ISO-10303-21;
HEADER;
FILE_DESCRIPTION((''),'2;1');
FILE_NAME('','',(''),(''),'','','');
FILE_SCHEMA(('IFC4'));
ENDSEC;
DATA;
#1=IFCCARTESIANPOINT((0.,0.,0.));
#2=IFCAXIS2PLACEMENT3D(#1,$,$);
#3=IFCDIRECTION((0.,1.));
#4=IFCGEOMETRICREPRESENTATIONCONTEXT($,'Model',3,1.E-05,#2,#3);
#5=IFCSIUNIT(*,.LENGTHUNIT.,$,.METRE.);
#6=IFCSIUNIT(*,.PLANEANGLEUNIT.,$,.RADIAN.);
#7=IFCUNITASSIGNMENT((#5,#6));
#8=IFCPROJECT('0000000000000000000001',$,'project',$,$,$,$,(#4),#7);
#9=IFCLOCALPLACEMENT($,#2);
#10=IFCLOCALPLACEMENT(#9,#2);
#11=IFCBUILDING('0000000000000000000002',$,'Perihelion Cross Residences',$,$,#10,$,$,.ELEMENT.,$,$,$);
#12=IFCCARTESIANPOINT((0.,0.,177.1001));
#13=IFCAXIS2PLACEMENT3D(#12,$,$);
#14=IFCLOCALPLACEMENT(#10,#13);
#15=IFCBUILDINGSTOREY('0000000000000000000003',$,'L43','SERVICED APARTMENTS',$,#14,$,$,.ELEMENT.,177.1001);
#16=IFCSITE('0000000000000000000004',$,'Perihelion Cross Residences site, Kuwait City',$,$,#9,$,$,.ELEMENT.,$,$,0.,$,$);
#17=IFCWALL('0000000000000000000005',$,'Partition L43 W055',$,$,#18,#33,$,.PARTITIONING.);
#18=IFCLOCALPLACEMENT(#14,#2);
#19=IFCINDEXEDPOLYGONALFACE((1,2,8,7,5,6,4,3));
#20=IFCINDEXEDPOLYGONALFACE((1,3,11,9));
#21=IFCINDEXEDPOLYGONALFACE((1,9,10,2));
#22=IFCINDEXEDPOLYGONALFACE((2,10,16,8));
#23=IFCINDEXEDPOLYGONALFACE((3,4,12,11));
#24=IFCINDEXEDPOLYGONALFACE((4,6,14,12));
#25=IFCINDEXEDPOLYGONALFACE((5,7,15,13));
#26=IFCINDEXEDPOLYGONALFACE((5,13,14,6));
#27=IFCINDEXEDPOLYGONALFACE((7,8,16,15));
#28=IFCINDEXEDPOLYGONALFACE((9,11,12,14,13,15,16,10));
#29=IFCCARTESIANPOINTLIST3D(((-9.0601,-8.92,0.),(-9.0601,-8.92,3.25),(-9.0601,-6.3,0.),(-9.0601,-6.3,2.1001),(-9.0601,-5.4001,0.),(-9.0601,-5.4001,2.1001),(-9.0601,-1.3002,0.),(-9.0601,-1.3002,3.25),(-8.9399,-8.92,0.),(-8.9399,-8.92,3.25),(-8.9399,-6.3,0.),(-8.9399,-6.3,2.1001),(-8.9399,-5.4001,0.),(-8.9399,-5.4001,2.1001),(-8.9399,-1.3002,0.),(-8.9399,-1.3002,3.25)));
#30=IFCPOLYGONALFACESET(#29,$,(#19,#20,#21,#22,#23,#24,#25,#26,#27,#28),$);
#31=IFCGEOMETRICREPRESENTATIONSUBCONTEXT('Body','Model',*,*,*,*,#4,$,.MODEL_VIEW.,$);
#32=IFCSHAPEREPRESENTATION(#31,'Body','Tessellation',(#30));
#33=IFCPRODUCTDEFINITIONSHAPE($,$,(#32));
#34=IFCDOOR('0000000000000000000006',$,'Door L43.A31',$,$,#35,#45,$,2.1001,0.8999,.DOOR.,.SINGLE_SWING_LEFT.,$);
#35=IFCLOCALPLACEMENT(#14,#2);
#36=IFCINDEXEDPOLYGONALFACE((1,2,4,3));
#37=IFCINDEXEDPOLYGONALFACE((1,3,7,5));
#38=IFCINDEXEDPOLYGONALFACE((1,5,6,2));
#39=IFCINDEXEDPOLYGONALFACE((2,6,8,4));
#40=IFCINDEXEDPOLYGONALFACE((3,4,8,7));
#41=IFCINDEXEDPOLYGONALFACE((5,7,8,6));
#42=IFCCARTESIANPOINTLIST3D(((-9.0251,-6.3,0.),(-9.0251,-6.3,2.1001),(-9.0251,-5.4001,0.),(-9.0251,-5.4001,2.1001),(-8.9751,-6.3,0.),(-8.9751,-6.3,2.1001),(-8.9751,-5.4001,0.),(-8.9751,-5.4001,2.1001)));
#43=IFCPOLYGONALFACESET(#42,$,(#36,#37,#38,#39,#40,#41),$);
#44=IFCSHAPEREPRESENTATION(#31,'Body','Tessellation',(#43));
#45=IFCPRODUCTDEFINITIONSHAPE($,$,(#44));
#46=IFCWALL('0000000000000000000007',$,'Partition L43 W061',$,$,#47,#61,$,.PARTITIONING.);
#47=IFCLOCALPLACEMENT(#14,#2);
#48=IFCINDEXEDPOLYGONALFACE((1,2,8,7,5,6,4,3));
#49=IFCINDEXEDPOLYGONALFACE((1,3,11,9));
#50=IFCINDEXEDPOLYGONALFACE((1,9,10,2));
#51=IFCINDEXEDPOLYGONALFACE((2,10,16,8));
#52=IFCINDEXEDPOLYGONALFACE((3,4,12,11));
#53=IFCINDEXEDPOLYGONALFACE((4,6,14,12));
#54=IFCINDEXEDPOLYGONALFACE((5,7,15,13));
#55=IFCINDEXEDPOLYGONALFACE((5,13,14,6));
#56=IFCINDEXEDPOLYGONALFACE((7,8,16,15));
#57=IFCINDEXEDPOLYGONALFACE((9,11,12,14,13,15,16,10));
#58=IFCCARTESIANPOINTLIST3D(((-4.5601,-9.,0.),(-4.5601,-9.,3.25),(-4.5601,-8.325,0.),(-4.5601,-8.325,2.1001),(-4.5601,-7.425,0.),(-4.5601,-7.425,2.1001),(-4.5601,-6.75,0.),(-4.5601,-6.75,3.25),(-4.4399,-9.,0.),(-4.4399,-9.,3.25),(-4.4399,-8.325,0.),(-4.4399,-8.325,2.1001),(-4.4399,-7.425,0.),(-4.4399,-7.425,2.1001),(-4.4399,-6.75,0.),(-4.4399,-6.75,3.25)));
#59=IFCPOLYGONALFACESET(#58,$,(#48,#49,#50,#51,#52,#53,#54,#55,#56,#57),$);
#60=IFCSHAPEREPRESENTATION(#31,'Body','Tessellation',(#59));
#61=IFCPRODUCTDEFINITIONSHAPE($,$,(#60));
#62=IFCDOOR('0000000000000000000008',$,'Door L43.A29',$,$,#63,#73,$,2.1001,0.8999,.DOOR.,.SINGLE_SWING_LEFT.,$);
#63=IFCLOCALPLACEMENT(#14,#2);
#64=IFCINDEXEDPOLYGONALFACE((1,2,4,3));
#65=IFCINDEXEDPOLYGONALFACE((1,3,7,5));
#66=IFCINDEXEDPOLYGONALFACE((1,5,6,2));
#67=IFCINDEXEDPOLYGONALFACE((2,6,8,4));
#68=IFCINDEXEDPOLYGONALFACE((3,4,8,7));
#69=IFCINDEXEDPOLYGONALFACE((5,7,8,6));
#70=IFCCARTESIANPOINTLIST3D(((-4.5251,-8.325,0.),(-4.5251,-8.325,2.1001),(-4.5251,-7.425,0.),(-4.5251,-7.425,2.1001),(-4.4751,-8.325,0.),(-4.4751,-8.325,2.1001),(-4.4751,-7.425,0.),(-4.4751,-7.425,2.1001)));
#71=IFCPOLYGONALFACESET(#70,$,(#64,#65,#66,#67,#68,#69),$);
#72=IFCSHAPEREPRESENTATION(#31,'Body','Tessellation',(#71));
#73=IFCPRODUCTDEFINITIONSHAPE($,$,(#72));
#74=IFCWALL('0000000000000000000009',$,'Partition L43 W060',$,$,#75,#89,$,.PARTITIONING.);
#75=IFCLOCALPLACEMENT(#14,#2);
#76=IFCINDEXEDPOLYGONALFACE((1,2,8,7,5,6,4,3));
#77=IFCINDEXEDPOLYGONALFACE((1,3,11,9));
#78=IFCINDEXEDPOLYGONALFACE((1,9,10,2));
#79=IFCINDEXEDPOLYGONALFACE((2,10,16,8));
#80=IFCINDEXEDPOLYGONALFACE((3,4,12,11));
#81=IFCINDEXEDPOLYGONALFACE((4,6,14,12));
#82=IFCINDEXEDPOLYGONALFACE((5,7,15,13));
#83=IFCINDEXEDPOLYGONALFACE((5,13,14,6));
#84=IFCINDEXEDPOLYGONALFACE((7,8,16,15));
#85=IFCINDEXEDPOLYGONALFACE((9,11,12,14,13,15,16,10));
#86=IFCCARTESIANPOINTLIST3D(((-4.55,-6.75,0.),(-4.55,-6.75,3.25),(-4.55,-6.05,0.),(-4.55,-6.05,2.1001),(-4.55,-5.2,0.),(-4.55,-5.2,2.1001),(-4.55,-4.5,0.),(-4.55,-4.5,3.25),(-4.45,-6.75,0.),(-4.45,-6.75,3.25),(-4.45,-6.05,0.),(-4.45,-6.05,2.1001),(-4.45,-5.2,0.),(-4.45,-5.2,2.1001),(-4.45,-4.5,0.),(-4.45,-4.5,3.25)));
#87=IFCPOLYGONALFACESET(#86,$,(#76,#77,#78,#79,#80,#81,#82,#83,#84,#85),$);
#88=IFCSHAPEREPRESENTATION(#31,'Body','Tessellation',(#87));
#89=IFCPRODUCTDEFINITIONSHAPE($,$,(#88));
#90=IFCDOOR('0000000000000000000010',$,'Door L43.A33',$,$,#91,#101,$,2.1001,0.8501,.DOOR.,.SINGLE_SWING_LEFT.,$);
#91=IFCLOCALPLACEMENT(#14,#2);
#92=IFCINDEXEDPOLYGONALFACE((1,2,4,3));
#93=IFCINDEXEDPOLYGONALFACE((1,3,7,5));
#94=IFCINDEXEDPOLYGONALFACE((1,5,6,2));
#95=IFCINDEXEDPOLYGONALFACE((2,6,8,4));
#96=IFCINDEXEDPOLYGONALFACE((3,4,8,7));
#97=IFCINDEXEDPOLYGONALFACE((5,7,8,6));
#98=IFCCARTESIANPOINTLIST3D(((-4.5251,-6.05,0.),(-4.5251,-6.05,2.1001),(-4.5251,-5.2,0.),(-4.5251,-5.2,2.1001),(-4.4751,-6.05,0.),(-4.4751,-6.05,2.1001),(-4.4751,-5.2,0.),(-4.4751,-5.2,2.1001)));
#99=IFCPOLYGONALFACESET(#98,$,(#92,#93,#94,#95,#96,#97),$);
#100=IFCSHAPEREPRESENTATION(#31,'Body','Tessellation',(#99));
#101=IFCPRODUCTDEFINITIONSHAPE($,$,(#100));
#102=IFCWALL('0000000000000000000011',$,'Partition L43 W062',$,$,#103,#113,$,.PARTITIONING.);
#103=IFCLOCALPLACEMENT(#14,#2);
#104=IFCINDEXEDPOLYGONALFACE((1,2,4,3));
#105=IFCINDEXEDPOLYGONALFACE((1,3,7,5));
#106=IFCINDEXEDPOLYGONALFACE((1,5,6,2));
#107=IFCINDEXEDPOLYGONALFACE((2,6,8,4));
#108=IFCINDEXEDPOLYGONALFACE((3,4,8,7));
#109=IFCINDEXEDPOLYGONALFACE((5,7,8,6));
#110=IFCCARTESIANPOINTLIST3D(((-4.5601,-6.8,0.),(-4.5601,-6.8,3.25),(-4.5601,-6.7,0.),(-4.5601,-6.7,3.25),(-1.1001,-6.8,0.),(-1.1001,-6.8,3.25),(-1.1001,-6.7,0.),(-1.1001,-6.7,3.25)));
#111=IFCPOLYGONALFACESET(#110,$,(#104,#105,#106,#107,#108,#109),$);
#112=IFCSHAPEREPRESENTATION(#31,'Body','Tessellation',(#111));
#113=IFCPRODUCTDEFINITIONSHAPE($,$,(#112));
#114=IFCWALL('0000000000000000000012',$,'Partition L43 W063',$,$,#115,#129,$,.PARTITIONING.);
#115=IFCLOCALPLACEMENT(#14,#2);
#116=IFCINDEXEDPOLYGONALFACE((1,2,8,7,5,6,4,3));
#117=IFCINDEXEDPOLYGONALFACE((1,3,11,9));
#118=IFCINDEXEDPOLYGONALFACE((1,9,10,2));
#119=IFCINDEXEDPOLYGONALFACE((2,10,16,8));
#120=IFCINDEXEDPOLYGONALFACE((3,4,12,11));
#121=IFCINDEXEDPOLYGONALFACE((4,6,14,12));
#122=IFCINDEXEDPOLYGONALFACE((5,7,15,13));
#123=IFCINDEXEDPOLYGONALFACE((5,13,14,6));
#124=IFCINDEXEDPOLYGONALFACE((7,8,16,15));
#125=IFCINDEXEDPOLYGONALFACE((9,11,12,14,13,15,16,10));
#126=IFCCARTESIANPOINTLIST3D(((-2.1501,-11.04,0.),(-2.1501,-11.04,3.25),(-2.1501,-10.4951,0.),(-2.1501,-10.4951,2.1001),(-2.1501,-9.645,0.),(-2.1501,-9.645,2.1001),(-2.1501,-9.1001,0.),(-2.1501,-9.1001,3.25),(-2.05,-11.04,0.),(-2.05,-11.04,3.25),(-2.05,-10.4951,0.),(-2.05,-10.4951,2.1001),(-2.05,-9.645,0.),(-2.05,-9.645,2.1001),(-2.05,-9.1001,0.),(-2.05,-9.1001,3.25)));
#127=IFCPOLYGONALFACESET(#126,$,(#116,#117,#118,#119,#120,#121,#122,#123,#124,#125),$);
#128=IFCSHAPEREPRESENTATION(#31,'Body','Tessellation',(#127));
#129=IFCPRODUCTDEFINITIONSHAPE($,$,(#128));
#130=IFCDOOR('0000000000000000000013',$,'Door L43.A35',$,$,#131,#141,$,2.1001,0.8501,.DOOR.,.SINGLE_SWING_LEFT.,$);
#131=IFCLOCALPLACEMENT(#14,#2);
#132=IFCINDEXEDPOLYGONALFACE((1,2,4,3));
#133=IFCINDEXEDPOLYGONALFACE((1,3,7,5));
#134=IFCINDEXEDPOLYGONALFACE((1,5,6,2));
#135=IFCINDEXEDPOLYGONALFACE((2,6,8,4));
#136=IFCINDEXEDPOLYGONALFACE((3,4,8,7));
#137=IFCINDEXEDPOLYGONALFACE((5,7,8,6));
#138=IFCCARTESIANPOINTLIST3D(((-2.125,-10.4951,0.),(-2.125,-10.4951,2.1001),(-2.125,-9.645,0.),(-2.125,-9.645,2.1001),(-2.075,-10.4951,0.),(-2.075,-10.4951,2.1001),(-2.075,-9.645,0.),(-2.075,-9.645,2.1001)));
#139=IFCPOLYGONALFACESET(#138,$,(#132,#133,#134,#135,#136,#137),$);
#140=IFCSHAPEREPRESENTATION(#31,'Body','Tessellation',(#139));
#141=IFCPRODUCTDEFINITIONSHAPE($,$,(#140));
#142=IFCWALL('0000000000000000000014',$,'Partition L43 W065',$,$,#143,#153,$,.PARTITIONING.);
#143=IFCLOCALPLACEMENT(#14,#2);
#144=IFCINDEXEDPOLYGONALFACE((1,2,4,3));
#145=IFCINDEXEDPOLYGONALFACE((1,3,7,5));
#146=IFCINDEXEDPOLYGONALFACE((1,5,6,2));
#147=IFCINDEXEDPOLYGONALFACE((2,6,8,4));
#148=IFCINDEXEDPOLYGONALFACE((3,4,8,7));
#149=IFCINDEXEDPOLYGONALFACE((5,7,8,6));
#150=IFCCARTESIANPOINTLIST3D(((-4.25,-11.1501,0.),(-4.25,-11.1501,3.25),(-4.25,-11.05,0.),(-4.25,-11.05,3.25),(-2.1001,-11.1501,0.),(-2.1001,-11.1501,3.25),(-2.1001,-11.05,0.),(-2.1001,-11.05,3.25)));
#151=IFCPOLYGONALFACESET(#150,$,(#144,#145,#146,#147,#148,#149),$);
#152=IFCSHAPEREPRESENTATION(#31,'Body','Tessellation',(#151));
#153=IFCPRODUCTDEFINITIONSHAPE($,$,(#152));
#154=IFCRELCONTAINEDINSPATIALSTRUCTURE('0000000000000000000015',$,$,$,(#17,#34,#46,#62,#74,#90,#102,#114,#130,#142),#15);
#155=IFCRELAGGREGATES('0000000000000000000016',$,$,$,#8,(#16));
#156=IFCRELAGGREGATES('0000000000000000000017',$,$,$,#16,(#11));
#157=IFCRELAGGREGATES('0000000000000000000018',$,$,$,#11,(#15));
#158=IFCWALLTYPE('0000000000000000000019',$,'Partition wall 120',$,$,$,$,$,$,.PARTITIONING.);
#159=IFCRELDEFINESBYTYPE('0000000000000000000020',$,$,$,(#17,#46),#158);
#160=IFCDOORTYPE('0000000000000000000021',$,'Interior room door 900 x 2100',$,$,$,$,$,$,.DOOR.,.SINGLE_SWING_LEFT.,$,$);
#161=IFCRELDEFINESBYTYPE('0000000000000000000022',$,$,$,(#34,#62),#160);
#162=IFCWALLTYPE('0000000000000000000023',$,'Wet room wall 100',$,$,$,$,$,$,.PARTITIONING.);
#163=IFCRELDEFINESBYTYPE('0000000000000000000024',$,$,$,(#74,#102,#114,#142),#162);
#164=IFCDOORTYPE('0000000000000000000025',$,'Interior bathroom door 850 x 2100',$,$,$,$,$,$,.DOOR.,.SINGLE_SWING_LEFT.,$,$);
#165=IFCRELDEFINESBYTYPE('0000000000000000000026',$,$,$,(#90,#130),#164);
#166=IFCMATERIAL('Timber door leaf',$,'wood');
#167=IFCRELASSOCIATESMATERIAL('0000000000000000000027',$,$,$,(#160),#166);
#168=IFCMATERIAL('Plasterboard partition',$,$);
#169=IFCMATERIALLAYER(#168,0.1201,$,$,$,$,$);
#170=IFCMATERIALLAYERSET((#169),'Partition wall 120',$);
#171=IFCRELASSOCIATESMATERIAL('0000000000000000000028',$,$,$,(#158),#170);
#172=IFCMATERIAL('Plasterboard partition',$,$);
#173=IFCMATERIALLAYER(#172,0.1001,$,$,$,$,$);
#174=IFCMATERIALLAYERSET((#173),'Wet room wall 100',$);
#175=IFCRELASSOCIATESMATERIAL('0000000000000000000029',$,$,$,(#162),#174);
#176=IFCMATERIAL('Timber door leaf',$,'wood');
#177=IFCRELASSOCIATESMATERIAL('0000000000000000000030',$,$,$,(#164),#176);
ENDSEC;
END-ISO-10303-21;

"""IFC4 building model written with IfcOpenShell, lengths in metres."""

from ifc_helpers import new_model, si_unit, direction, frame, frame_2d, origin, place, context, subcontext, project, spatial, rectangle, extrude, material, layer, layer_set, type_object, element, fill, save


model = new_model("IFC4")

# Units and contexts
model_context = context("Model", 3, precision=1e-05, world=origin(), true_north=direction((0.0, 1.0)))
body_context = subcontext(model_context, "Body", "Model", "MODEL_VIEW")
ifc_project = project(units=[si_unit("LENGTHUNIT", "METRE"), si_unit("PLANEANGLEUNIT", "RADIAN")], contexts=[model_context])

# Site, building, storey
site_placement = place(None, origin())
site = spatial("IfcSite", under=ifc_project, at=site_placement, Name="Perihelion Cross Residences site, Kuwait City", CompositionType="ELEMENT", RefElevation=0.0)
building_placement = place(site_placement, origin())
building = spatial("IfcBuilding", under=site, at=building_placement, Name="Perihelion Cross Residences", CompositionType="ELEMENT")
storey_placement = place(building_placement, frame((0.0, 0.0, 177.1001)))
storey = spatial("IfcBuildingStorey", under=building, at=storey_placement, Name="L43", Description="SERVICED APARTMENTS", CompositionType="ELEMENT", Elevation=177.1001)

# Shared definitions
ifc_material_1 = material(Name="Timber door leaf", Category="wood")
door_type_1 = type_object("IfcDoorType", Name="Interior room door 900 x 2100", OperationType="SINGLE_SWING_LEFT", PredefinedType="DOOR", material=ifc_material_1)

# Shared definitions
ifc_material_2 = material(Name="Plasterboard partition")
ifc_layer_1 = layer(ifc_material_2, 0.1201)
ifc_layer_set_1 = layer_set([ifc_layer_1], Name="Partition wall 120")
wall_type_1 = type_object("IfcWallType", Name="Partition wall 120", PredefinedType="PARTITIONING", material=ifc_layer_set_1)

# Walls, openings, doors
wall_1_placement = place(storey_placement, frame((-9.0, -1.3, 0.0), z_axis=(0.0, 0.0, 1.0), x_axis=(0.0, -1.0, 0.0)))
wall_1 = element("IfcWall", 1, at=wall_1_placement, inside=storey, type_object=wall_type_1, Name="Partition L43 W055", PredefinedType="PARTITIONING", context=body_context, shape_type="SweptSolid", body=[
    extrude(rectangle(XDim=7.6199, YDim=0.1201, at=frame_2d((3.8101, 0.0))), origin(), (0.0, 0.0, 1.0), 3.25),
])
opening_1_placement = place(wall_1_placement, frame((4.1001, 0.0, 0.0)))
opening_1 = element("IfcOpeningElement", 2, at=opening_1_placement, cuts=wall_1, PredefinedType="OPENING", context=body_context, shape_type="SweptSolid", body=[
    extrude(rectangle(XDim=0.8999, YDim=2.1001, at=frame_2d((0.45, 1.05))), frame((0.0, 0.0701, 0.0), z_axis=(0.0, -1.0, 0.0), x_axis=(1.0, 0.0, 0.0)), (0.0, 0.0, 1.0), 0.1401),
])
door_1_placement = place(opening_1_placement, origin())
door_1 = element("IfcDoor", 3, at=door_1_placement, inside=storey, type_object=door_type_1, Name="Door L43.A31", OperationType="SINGLE_SWING_LEFT", OverallHeight=2.1001, OverallWidth=0.8999, PredefinedType="DOOR", context=body_context, shape_type="SweptSolid", body=[
    extrude(rectangle(XDim=0.8999, YDim=2.1001, at=frame_2d((0.45, 1.05))), frame((0.0, 0.0249, 0.0), z_axis=(0.0, -1.0, 0.0), x_axis=(1.0, 0.0, 0.0)), (0.0, 0.0, 1.0), 0.05),
])
fill(opening_1, door_1)
wall_2_placement = place(storey_placement, frame((-4.5, -6.75, 0.0), z_axis=(0.0, 0.0, 1.0), x_axis=(0.0, -1.0, 0.0)))
wall_2 = element("IfcWall", 4, at=wall_2_placement, inside=storey, type_object=wall_type_1, Name="Partition L43 W061", PredefinedType="PARTITIONING", context=body_context, shape_type="SweptSolid", body=[
    extrude(rectangle(XDim=2.25, YDim=0.1201, at=frame_2d((1.125, 0.0))), origin(), (0.0, 0.0, 1.0), 3.25),
])
opening_2_placement = place(wall_2_placement, frame((0.675, 0.0, 0.0)))
opening_2 = element("IfcOpeningElement", 5, at=opening_2_placement, cuts=wall_2, PredefinedType="OPENING", context=body_context, shape_type="SweptSolid", body=[
    extrude(rectangle(XDim=0.8999, YDim=2.1001, at=frame_2d((0.45, 1.05))), frame((0.0, 0.0701, 0.0), z_axis=(0.0, -1.0, 0.0), x_axis=(1.0, 0.0, 0.0)), (0.0, 0.0, 1.0), 0.1401),
])
door_2_placement = place(opening_2_placement, origin())
door_2 = element("IfcDoor", 6, at=door_2_placement, inside=storey, type_object=door_type_1, Name="Door L43.A29", OperationType="SINGLE_SWING_LEFT", OverallHeight=2.1001, OverallWidth=0.8999, PredefinedType="DOOR", context=body_context, shape_type="SweptSolid", body=[
    extrude(rectangle(XDim=0.8999, YDim=2.1001, at=frame_2d((0.45, 1.05))), frame((0.0, 0.0249, 0.0), z_axis=(0.0, -1.0, 0.0), x_axis=(1.0, 0.0, 0.0)), (0.0, 0.0, 1.0), 0.05),
])
fill(opening_2, door_2)
ifc_material_3 = material(Name="Plasterboard partition")
ifc_layer_2 = layer(ifc_material_3, 0.1001)
ifc_layer_set_2 = layer_set([ifc_layer_2], Name="Wet room wall 100")
wall_type_2 = type_object("IfcWallType", Name="Wet room wall 100", PredefinedType="PARTITIONING", material=ifc_layer_set_2)
wall_3_placement = place(storey_placement, frame((-4.5, -4.5, 0.0), z_axis=(0.0, 0.0, 1.0), x_axis=(0.0, -1.0, 0.0)))
wall_3 = element("IfcWall", 7, at=wall_3_placement, inside=storey, type_object=wall_type_2, Name="Partition L43 W060", PredefinedType="PARTITIONING", context=body_context, shape_type="SweptSolid", body=[
    extrude(rectangle(XDim=2.25, YDim=0.1001, at=frame_2d((1.125, 0.0))), origin(), (0.0, 0.0, 1.0), 3.25),
])
opening_3_placement = place(wall_3_placement, frame((0.7, 0.0, 0.0)))
opening_3 = element("IfcOpeningElement", 8, at=opening_3_placement, cuts=wall_3, PredefinedType="OPENING", context=body_context, shape_type="SweptSolid", body=[
    extrude(rectangle(XDim=0.8501, YDim=2.1001, at=frame_2d((0.425, 1.05))), frame((0.0, 0.0601, 0.0), z_axis=(0.0, -1.0, 0.0), x_axis=(1.0, 0.0, 0.0)), (0.0, 0.0, 1.0), 0.1201),
])
ifc_material_4 = material(Name="Timber door leaf", Category="wood")
door_type_2 = type_object("IfcDoorType", Name="Interior bathroom door 850 x 2100", OperationType="SINGLE_SWING_LEFT", PredefinedType="DOOR", material=ifc_material_4)
door_3_placement = place(opening_3_placement, origin())
door_3 = element("IfcDoor", 9, at=door_3_placement, inside=storey, type_object=door_type_2, Name="Door L43.A33", OperationType="SINGLE_SWING_LEFT", OverallHeight=2.1001, OverallWidth=0.8501, PredefinedType="DOOR", context=body_context, shape_type="SweptSolid", body=[
    extrude(rectangle(XDim=0.8501, YDim=2.1001, at=frame_2d((0.425, 1.05))), frame((0.0, 0.0249, 0.0), z_axis=(0.0, -1.0, 0.0), x_axis=(1.0, 0.0, 0.0)), (0.0, 0.0, 1.0), 0.05),
])
fill(opening_3, door_3)

# Wall
wall_4_placement = place(storey_placement, frame((-1.1001, -6.75, 0.0), z_axis=(0.0, 0.0, 1.0), x_axis=(-1.0, 0.0, 0.0)))
element("IfcWall", 10, at=wall_4_placement, inside=storey, type_object=wall_type_2, Name="Partition L43 W062", PredefinedType="PARTITIONING", context=body_context, shape_type="SweptSolid", body=[
    extrude(rectangle(XDim=3.46, YDim=0.1001, at=frame_2d((1.73, 0.0))), origin(), (0.0, 0.0, 1.0), 3.25),
])

# Wall, opening, door
wall_5_placement = place(storey_placement, frame((-2.1001, -11.04, 0.0), z_axis=(0.0, 0.0, 1.0), x_axis=(0.0, 1.0, 0.0)))
wall_5 = element("IfcWall", 11, at=wall_5_placement, inside=storey, type_object=wall_type_2, Name="Partition L43 W063", PredefinedType="PARTITIONING", context=body_context, shape_type="SweptSolid", body=[
    extrude(rectangle(XDim=1.9399, YDim=0.1001, at=frame_2d((0.97, 0.0))), origin(), (0.0, 0.0, 1.0), 3.25),
])
opening_4_placement = place(wall_5_placement, frame((0.5449, 0.0, 0.0)))
opening_4 = element("IfcOpeningElement", 12, at=opening_4_placement, cuts=wall_5, PredefinedType="OPENING", context=body_context, shape_type="SweptSolid", body=[
    extrude(rectangle(XDim=0.8501, YDim=2.1001, at=frame_2d((0.425, 1.05))), frame((0.0, 0.0601, 0.0), z_axis=(0.0, -1.0, 0.0), x_axis=(1.0, 0.0, 0.0)), (0.0, 0.0, 1.0), 0.1201),
])
door_4_placement = place(opening_4_placement, origin())
door_4 = element("IfcDoor", 13, at=door_4_placement, inside=storey, type_object=door_type_2, Name="Door L43.A35", OperationType="SINGLE_SWING_LEFT", OverallHeight=2.1001, OverallWidth=0.8501, PredefinedType="DOOR", context=body_context, shape_type="SweptSolid", body=[
    extrude(rectangle(XDim=0.8501, YDim=2.1001, at=frame_2d((0.425, 1.05))), frame((0.0, 0.0249, 0.0), z_axis=(0.0, -1.0, 0.0), x_axis=(1.0, 0.0, 0.0)), (0.0, 0.0, 1.0), 0.05),
])
fill(opening_4, door_4)

# Wall
wall_6_placement = place(storey_placement, frame((-2.1001, -11.1001, 0.0), z_axis=(0.0, 0.0, 1.0), x_axis=(-1.0, 0.0, 0.0)))
element("IfcWall", 14, at=wall_6_placement, inside=storey, type_object=wall_type_2, Name="Partition L43 W065", PredefinedType="PARTITIONING", context=body_context, shape_type="SweptSolid", body=[
    extrude(rectangle(XDim=2.1499, YDim=0.1001, at=frame_2d((1.075, 0.0))), origin(), (0.0, 0.0, 1.0), 3.25),
])

save(model, "model.ifc")
